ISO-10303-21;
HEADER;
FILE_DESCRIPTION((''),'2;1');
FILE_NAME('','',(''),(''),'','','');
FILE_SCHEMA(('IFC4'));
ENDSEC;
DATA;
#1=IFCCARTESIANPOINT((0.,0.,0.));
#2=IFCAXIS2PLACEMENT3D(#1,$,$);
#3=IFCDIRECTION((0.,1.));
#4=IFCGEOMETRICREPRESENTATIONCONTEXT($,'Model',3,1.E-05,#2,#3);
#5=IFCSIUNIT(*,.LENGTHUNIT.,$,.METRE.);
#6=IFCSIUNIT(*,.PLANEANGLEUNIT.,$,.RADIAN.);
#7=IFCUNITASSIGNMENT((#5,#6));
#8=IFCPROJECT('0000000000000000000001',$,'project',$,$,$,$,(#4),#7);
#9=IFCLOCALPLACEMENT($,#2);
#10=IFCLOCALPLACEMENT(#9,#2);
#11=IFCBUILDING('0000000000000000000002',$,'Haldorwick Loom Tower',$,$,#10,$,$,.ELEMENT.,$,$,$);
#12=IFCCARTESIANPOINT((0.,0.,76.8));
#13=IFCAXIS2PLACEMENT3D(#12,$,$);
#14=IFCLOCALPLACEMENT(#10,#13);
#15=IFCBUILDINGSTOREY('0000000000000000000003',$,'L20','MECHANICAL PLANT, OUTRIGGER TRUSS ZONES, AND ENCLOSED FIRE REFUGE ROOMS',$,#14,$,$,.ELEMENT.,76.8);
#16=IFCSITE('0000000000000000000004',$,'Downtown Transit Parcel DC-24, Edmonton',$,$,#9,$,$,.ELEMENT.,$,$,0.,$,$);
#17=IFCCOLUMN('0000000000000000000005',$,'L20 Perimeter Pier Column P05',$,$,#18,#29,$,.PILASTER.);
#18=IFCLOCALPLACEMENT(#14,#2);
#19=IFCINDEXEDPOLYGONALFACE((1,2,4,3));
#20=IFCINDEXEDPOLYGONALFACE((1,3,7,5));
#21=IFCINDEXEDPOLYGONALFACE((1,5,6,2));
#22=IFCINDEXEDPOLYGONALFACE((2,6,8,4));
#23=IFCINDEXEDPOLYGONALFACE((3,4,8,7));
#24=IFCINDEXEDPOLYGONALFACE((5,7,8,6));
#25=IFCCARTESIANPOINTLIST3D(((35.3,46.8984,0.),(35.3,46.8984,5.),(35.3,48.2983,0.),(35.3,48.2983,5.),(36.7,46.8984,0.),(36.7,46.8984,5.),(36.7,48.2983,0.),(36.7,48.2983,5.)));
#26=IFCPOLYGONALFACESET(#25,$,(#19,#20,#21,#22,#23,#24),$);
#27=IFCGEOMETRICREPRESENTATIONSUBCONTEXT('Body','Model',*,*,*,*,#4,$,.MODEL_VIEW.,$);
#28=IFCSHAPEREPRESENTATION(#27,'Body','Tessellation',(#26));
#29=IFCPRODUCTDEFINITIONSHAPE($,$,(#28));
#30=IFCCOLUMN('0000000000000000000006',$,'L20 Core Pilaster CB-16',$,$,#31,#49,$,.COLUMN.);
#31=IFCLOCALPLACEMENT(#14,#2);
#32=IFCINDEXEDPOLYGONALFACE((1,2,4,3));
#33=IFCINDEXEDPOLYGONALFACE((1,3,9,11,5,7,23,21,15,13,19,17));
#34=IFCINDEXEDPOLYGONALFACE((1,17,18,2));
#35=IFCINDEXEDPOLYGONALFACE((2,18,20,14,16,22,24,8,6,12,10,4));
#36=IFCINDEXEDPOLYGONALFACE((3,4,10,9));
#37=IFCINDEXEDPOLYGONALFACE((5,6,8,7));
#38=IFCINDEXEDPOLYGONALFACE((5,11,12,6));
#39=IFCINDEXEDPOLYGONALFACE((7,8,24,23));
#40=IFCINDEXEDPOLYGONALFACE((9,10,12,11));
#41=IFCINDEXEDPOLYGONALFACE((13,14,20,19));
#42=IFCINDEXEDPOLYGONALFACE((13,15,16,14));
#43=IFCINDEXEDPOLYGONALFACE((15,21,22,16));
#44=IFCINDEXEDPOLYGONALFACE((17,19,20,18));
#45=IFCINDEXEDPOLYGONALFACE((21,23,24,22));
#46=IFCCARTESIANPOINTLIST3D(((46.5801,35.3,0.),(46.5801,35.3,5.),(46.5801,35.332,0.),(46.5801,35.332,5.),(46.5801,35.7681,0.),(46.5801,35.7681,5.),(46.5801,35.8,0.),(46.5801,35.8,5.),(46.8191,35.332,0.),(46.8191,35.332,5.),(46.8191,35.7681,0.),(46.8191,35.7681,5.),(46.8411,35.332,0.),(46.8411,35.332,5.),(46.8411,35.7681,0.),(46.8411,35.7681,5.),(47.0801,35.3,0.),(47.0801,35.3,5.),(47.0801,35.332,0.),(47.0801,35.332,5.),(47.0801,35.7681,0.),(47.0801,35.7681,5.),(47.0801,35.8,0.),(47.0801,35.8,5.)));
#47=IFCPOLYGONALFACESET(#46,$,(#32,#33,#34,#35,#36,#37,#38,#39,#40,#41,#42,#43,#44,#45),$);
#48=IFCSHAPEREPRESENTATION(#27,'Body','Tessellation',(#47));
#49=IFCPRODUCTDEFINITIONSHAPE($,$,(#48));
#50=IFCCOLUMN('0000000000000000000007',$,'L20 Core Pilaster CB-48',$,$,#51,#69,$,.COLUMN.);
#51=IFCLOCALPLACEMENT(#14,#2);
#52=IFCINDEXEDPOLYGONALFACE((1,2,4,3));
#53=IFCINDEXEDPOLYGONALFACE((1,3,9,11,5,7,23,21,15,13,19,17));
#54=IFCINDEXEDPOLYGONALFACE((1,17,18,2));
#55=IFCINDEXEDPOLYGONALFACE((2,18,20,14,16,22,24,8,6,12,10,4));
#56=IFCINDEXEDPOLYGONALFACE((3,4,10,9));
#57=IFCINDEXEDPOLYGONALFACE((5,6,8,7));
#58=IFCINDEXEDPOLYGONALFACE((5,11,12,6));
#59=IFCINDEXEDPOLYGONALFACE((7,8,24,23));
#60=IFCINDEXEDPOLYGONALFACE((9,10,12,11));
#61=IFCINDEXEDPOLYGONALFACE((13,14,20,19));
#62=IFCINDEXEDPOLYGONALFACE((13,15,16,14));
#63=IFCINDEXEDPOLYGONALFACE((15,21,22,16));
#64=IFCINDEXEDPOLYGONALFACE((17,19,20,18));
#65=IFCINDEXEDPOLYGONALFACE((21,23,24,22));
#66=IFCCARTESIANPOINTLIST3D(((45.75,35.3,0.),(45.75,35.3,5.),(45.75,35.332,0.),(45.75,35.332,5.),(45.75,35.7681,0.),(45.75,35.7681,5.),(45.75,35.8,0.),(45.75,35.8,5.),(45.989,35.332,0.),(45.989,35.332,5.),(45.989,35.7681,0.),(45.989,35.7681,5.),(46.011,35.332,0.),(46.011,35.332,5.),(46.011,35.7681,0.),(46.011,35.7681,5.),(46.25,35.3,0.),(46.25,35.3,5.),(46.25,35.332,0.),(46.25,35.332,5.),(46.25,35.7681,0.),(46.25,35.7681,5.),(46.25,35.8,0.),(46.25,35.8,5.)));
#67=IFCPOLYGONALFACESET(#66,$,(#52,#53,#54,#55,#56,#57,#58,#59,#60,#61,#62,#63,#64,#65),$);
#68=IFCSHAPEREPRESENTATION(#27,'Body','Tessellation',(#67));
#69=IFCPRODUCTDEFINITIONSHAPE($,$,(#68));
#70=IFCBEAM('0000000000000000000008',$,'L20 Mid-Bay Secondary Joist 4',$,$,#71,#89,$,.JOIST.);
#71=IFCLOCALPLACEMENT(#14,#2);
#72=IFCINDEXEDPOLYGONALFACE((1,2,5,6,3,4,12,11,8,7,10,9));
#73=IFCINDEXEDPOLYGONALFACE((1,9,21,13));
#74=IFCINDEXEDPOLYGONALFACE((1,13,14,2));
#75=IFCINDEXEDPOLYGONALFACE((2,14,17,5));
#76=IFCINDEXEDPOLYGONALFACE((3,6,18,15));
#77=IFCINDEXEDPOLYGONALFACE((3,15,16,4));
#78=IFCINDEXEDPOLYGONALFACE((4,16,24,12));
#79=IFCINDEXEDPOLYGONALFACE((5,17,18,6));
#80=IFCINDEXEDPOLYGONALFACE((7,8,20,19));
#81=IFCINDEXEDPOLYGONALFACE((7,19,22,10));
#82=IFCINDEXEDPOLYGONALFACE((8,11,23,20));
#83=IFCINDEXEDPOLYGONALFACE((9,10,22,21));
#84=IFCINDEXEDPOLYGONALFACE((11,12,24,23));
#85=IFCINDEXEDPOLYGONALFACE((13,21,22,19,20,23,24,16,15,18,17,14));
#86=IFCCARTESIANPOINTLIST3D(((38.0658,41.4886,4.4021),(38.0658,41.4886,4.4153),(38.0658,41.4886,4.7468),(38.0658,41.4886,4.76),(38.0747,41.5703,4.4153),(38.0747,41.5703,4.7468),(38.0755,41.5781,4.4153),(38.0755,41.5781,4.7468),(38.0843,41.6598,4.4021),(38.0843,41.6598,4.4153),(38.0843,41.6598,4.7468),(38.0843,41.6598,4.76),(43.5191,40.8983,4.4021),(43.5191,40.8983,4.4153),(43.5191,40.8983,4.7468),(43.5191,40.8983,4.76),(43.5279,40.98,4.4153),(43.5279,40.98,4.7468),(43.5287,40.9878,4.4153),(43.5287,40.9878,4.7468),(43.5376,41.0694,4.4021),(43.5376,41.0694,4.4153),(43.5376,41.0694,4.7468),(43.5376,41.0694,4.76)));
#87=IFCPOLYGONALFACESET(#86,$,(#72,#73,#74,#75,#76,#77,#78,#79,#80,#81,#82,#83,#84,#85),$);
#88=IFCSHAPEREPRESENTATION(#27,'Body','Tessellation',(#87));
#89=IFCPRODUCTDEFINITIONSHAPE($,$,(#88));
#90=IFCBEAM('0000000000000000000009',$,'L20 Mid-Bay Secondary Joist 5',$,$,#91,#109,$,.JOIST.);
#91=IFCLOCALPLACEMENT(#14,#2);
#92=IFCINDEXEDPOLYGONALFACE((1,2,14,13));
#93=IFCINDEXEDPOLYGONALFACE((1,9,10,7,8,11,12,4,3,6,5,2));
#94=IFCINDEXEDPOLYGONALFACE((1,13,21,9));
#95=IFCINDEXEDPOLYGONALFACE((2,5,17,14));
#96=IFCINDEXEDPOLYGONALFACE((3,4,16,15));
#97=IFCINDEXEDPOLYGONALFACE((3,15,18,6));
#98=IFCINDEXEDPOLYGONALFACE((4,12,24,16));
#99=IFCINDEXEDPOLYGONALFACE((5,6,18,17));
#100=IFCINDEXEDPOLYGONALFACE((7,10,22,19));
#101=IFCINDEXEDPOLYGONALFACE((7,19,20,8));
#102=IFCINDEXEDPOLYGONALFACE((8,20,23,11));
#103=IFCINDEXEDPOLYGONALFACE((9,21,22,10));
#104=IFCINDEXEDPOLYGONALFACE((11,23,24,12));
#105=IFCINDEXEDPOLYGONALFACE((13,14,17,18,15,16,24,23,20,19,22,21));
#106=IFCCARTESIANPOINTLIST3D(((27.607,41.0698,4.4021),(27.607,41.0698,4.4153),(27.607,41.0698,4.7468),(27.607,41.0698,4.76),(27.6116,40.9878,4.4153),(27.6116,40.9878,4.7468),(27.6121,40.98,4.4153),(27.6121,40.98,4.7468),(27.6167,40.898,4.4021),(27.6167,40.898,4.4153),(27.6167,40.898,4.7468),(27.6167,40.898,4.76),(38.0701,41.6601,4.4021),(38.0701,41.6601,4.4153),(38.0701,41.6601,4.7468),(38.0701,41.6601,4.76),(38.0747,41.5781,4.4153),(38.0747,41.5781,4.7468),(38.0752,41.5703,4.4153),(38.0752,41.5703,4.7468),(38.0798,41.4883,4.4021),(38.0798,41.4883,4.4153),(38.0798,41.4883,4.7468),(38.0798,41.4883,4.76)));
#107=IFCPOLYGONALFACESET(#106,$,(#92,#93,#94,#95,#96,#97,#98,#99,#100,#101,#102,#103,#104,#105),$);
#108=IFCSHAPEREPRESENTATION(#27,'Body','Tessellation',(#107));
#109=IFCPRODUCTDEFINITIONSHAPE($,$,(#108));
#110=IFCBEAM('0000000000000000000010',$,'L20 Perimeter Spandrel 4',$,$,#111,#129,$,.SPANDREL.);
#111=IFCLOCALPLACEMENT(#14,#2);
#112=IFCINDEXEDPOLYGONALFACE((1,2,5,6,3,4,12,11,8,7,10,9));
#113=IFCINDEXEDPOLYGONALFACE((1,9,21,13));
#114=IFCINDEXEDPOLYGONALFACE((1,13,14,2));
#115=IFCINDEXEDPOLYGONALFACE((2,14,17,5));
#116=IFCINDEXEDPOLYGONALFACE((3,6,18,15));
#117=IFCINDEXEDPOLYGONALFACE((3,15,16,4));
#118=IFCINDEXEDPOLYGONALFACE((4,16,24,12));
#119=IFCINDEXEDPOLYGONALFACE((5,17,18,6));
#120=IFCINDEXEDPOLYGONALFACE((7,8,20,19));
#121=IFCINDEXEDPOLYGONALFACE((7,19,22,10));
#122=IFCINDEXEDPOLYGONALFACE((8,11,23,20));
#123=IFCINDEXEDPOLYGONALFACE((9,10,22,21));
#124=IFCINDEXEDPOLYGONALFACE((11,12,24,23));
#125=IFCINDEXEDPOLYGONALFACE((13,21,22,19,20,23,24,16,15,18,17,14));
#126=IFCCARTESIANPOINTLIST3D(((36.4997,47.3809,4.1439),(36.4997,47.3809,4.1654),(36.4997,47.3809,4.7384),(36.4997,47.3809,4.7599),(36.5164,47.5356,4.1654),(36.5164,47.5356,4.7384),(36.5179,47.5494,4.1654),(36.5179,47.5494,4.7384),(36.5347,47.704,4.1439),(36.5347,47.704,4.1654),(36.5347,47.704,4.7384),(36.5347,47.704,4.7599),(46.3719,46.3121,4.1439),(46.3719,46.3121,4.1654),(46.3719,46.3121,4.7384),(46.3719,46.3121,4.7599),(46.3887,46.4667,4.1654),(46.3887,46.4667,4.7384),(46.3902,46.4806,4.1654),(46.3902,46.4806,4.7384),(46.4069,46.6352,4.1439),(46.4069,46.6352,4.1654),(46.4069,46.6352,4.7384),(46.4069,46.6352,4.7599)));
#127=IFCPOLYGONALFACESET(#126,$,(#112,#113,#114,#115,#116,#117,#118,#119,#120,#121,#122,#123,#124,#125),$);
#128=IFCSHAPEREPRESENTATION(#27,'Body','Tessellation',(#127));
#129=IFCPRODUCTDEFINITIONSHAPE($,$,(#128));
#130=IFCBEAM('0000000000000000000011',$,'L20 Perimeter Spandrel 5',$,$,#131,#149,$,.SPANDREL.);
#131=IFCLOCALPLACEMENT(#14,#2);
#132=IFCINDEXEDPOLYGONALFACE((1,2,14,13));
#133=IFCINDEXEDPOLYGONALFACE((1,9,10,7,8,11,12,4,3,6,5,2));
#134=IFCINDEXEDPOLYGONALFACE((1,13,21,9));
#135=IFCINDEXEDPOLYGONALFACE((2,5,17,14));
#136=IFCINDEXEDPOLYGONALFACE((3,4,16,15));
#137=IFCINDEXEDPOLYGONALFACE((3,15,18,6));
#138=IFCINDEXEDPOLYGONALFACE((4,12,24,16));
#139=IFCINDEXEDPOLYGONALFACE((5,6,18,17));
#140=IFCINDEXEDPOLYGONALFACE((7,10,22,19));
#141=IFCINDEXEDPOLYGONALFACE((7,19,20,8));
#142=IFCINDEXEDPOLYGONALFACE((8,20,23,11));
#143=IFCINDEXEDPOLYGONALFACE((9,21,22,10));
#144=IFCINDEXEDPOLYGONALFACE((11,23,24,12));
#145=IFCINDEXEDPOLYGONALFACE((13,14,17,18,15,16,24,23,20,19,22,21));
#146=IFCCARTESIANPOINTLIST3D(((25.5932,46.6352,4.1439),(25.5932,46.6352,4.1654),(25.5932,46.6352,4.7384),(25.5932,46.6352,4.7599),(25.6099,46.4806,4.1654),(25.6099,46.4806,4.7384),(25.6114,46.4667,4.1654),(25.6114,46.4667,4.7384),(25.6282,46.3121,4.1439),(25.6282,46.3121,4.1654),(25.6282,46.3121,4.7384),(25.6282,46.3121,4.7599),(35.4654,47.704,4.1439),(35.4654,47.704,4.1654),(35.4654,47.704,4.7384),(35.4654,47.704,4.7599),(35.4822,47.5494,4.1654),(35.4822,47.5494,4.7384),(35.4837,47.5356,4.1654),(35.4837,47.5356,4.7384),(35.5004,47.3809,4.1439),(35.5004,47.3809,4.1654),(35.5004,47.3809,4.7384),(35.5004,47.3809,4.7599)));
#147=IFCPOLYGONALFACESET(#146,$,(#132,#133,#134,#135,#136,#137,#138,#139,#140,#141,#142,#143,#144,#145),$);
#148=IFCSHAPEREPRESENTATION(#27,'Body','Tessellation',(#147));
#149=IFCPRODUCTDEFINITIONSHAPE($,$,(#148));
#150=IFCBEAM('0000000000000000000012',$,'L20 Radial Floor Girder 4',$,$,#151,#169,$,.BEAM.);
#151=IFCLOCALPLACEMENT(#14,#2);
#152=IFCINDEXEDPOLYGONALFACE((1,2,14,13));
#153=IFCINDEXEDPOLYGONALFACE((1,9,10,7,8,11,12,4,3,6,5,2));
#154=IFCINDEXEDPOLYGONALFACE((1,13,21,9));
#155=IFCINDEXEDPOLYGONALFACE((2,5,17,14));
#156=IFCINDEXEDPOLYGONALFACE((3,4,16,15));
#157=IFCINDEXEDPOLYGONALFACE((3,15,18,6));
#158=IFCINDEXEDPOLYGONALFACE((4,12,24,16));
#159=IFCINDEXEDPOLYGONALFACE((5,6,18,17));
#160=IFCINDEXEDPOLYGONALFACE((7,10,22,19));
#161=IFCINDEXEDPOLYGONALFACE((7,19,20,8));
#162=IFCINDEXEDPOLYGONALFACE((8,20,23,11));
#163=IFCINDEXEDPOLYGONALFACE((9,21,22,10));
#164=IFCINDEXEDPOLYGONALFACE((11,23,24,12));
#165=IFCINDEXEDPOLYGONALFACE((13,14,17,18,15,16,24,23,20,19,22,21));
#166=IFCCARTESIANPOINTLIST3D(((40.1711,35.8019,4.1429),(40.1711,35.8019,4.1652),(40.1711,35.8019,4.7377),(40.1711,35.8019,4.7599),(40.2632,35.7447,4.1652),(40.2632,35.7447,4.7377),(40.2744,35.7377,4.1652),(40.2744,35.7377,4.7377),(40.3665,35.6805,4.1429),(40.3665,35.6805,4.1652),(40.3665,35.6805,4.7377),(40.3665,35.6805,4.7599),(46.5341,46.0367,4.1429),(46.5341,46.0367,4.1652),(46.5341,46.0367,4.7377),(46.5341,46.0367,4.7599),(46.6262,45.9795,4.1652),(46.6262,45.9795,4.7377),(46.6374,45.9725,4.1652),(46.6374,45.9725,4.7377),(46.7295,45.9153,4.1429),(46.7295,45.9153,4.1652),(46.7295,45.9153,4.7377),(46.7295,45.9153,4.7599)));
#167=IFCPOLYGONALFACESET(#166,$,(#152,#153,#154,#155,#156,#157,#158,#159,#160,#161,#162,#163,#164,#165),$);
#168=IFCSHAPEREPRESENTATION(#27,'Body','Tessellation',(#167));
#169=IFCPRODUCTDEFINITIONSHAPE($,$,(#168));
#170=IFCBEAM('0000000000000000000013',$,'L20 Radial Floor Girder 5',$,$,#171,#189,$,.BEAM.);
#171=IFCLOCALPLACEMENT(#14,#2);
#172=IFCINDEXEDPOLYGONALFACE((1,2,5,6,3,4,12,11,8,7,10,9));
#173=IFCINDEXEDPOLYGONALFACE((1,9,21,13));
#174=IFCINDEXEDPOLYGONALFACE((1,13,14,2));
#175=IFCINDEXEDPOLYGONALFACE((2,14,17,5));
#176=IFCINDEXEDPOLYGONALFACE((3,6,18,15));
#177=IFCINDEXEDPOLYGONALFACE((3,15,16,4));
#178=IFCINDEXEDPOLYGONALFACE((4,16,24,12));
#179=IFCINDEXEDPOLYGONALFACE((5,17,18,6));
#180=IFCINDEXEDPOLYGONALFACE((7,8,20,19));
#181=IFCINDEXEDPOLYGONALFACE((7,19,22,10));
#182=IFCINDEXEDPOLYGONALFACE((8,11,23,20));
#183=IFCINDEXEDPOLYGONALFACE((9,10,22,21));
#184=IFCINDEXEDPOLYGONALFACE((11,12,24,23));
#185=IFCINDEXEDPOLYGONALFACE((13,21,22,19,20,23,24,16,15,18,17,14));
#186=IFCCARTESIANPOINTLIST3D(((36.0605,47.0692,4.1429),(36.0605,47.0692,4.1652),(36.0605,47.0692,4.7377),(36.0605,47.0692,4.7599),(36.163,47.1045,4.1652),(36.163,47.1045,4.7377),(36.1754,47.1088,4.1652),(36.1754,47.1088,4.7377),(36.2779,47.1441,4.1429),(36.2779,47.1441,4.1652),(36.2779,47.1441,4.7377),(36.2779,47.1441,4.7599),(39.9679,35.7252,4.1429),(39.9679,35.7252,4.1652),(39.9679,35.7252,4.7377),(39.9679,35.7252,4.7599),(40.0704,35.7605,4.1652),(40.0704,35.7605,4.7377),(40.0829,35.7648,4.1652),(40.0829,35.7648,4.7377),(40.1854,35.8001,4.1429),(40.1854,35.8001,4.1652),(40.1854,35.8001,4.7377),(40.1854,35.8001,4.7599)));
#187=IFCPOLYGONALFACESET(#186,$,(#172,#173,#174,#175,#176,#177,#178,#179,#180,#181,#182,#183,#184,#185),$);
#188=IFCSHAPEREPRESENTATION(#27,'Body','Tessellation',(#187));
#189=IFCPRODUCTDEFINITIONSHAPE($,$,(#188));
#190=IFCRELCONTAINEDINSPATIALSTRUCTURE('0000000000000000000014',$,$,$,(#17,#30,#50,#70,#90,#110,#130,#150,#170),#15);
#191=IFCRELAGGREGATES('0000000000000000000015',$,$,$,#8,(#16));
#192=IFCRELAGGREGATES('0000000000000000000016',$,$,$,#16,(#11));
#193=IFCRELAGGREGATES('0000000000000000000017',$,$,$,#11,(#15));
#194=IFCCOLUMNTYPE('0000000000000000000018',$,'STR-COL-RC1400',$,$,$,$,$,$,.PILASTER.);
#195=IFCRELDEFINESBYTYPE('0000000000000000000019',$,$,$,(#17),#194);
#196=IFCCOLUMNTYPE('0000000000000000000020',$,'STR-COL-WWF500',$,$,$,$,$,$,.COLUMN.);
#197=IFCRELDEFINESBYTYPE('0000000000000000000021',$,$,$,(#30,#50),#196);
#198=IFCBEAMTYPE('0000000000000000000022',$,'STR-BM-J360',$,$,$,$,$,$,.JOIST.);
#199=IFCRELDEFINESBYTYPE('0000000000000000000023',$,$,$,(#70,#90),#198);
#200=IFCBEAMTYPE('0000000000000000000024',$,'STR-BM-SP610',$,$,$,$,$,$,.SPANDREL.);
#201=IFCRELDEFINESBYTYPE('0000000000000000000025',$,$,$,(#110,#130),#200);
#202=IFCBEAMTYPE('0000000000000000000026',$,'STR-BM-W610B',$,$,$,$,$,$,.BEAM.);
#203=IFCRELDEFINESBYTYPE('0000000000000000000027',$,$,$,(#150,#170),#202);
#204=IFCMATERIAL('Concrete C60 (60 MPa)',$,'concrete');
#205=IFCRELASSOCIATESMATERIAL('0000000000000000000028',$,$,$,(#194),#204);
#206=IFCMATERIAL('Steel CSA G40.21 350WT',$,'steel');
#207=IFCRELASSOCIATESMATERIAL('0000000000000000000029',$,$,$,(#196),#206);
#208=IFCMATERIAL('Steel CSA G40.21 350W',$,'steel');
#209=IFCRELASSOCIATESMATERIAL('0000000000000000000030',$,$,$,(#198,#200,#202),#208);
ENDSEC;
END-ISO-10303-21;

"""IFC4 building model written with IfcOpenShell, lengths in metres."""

from ifc_helpers import new_model, si_unit, direction, frame, origin, origin_2d, place, context, subcontext, project, spatial, rectangle, i_section, extrude, material, material_profile, profile_set, type_object, element, save


model = new_model("IFC4")

# Units and contexts
model_context = context("Model", 3, precision=1e-05, world=origin(), true_north=direction((0.0, 1.0)))
body_context = subcontext(model_context, "Body", "Model", "MODEL_VIEW")
ifc_project = project(units=[si_unit("LENGTHUNIT", "METRE"), si_unit("PLANEANGLEUNIT", "RADIAN")], contexts=[model_context])

# Site, building, storey
site_placement = place(None, origin())
site = spatial("IfcSite", under=ifc_project, at=site_placement, Name="Downtown Transit Parcel DC-24, Edmonton", CompositionType="ELEMENT", RefElevation=0.0)
building_placement = place(site_placement, origin())
building = spatial("IfcBuilding", under=site, at=building_placement, Name="Haldorwick Loom Tower", CompositionType="ELEMENT")
storey_placement = place(building_placement, frame((0.0, 0.0, 76.8)))
storey = spatial("IfcBuildingStorey", under=building, at=storey_placement, Name="L20", Description="MECHANICAL PLANT, OUTRIGGER TRUSS ZONES, AND ENCLOSED FIRE REFUGE ROOMS", CompositionType="ELEMENT", Elevation=76.8)

# Columns
ifc_material_1 = material(Name="Concrete C60 (60 MPa)", Category="concrete")
ifc_material_profile_1 = material_profile(ifc_material_1, rectangle(XDim=1.3999, YDim=1.3999, at=origin_2d()), Name="RC1400X1400", Category="concrete")
ifc_profile_set_1 = profile_set([ifc_material_profile_1], Name="Concrete C60 (60 MPa)")
column_type_1 = type_object("IfcColumnType", Name="STR-COL-RC1400", PredefinedType="PILASTER", material=ifc_profile_set_1)
column_placement = place(storey_placement, frame((36.0, 47.5984, 0.0), z_axis=(0.0, 0.0, 1.0), x_axis=(0.0, 1.0, 0.0)))
element("IfcColumn", 1, at=column_placement, inside=storey, type_object=column_type_1, Name="L20 Perimeter Pier Column P05", PredefinedType="PILASTER", context=body_context, shape_type="SweptSolid", body=[
    extrude(rectangle(XDim=1.3999, YDim=1.3999, at=origin_2d()), origin(), (0.0, 0.0, 1.0), 5.0),
])
ifc_material_2 = material(Name="Steel CSA G40.21 350WT", Category="steel")
ifc_material_profile_2 = material_profile(ifc_material_2, i_section(OverallWidth=0.5, OverallDepth=0.5, WebThickness=0.022, FlangeThickness=0.032, at=origin_2d()), Name="WWF500X500", Category="steel")
ifc_profile_set_2 = profile_set([ifc_material_profile_2], Name="Steel CSA G40.21 350WT")
column_type_2 = type_object("IfcColumnType", Name="STR-COL-WWF500", PredefinedType="COLUMN", material=ifc_profile_set_2)
for number, where, z_axis, x_axis, name in (
    (2, (46.8301, 35.55, 0.0), (0.0, 0.0, 1.0), (1.0, 0.0, 0.0), "L20 Core Pilaster CB-16"),
    (3, (46.0, 35.55, 0.0), (0.0, 0.0, 1.0), (1.0, 0.0, 0.0), "L20 Core Pilaster CB-48"),
):
    element("IfcColumn", number, at=place(storey_placement, frame(where, z_axis=z_axis, x_axis=x_axis)), inside=storey, type_object=column_type_2, Name=name, PredefinedType="COLUMN", context=body_context, shape_type="SweptSolid", body=[
        extrude(i_section(OverallWidth=0.5, OverallDepth=0.5, WebThickness=0.022, FlangeThickness=0.032, at=origin_2d()), origin(), (0.0, 0.0, 1.0), 5.0),
    ])

# Beams
ifc_material_3 = material(Name="Steel CSA G40.21 350W", Category="steel")
ifc_material_profile_3 = material_profile(ifc_material_3, i_section(OverallWidth=0.1721, OverallDepth=0.3579, WebThickness=0.0078, FlangeThickness=0.0132, at=origin_2d()), Name="W360X57", Category="steel")
ifc_profile_set_3 = profile_set([ifc_material_profile_3], Name="Steel CSA G40.21 350W")
beam_type_1 = type_object("IfcBeamType", Name="STR-BM-J360", PredefinedType="JOIST", material=ifc_profile_set_3)
beam_1_placement = place(storey_placement, frame((43.5283, 40.9839, 4.5811), z_axis=(-0.994192, 0.107622, 0.0), x_axis=(-0.107622, -0.994192, 0.0)))
element("IfcBeam", 4, at=beam_1_placement, inside=storey, type_object=beam_type_1, Name="L20 Mid-Bay Secondary Joist 4", PredefinedType="JOIST", context=body_context, shape_type="SweptSolid", body=[
    extrude(i_section(OverallWidth=0.1721, OverallDepth=0.3579, WebThickness=0.0078, FlangeThickness=0.0132, at=origin_2d()), origin(), (0.0, 0.0, 1.0), 5.4851),
])
beam_2_placement = place(storey_placement, frame((38.075, 41.5742, 4.5811), z_axis=(-0.998412, -0.056331, 0.0), x_axis=(0.056331, -0.998412, 0.0)))
element("IfcBeam", 5, at=beam_2_placement, inside=storey, type_object=beam_type_1, Name="L20 Mid-Bay Secondary Joist 5", PredefinedType="JOIST", context=body_context, shape_type="SweptSolid", body=[
    extrude(i_section(OverallWidth=0.1721, OverallDepth=0.3579, WebThickness=0.0078, FlangeThickness=0.0132, at=origin_2d()), origin(), (0.0, 0.0, 1.0), 10.4797),
])
ifc_material_profile_4 = material_profile(ifc_material_3, i_section(OverallWidth=0.325, OverallDepth=0.616, WebThickness=0.0139, FlangeThickness=0.0215, at=origin_2d()), Name="W610X174", Category="steel")
ifc_profile_set_4 = profile_set([ifc_material_profile_4], Name="Steel CSA G40.21 350W")
beam_type_2 = type_object("IfcBeamType", Name="STR-BM-SP610", PredefinedType="SPANDREL", material=ifc_profile_set_4)
for number, where, z_axis, x_axis, name in (
    (6, (46.3894, 46.4736, 4.4519), (-0.99419, 0.107638, 0.0), (-0.107638, -0.99419, 0.0), "L20 Perimeter Spandrel 4"),
    (7, (35.4829, 47.5425, 4.4519), (-0.99419, -0.107638, 0.0), (0.107638, -0.99419, 0.0), "L20 Perimeter Spandrel 5"),
):
    element("IfcBeam", number, at=place(storey_placement, frame(where, z_axis=z_axis, x_axis=x_axis)), inside=storey, type_object=beam_type_2, Name=name, PredefinedType="SPANDREL", context=body_context, shape_type="SweptSolid", body=[
        extrude(i_section(OverallWidth=0.325, OverallDepth=0.616, WebThickness=0.0139, FlangeThickness=0.0215, at=origin_2d()), origin(), (0.0, 0.0, 1.0), 9.9299),
    ])
ifc_material_profile_5 = material_profile(ifc_material_3, i_section(OverallWidth=0.23, OverallDepth=0.6169, WebThickness=0.0132, FlangeThickness=0.0222, at=origin_2d()), Name="W610X140", Category="steel")
ifc_profile_set_5 = profile_set([ifc_material_profile_5], Name="Steel CSA G40.21 350W")
beam_type_3 = type_object("IfcBeamType", Name="STR-BM-W610B", PredefinedType="BEAM", material=ifc_profile_set_5)
beam_3_placement = place(storey_placement, frame((40.2688, 35.7412, 4.4514), z_axis=(0.527983, 0.849255, 0.0), x_axis=(-0.849255, 0.527983, 0.0)))
element("IfcBeam", 8, at=beam_3_placement, inside=storey, type_object=beam_type_3, Name="L20 Radial Floor Girder 4", PredefinedType="BEAM", context=body_context, shape_type="SweptSolid", body=[
    extrude(i_section(OverallWidth=0.23, OverallDepth=0.6169, WebThickness=0.0132, FlangeThickness=0.0222, at=origin_2d()), origin(), (0.0, 0.0, 1.0), 12.0515),
])
beam_4_placement = place(storey_placement, frame((40.0767, 35.7627, 4.4514), z_axis=(-0.325674, 0.945482, 0.0), x_axis=(-0.945482, -0.325674, 0.0)))
element("IfcBeam", 9, at=beam_4_placement, inside=storey, type_object=beam_type_3, Name="L20 Radial Floor Girder 5", PredefinedType="BEAM", context=body_context, shape_type="SweptSolid", body=[
    extrude(i_section(OverallWidth=0.23, OverallDepth=0.6169, WebThickness=0.0132, FlangeThickness=0.0222, at=origin_2d()), origin(), (0.0, 0.0, 1.0), 11.998),
])

save(model, "model.ifc")
